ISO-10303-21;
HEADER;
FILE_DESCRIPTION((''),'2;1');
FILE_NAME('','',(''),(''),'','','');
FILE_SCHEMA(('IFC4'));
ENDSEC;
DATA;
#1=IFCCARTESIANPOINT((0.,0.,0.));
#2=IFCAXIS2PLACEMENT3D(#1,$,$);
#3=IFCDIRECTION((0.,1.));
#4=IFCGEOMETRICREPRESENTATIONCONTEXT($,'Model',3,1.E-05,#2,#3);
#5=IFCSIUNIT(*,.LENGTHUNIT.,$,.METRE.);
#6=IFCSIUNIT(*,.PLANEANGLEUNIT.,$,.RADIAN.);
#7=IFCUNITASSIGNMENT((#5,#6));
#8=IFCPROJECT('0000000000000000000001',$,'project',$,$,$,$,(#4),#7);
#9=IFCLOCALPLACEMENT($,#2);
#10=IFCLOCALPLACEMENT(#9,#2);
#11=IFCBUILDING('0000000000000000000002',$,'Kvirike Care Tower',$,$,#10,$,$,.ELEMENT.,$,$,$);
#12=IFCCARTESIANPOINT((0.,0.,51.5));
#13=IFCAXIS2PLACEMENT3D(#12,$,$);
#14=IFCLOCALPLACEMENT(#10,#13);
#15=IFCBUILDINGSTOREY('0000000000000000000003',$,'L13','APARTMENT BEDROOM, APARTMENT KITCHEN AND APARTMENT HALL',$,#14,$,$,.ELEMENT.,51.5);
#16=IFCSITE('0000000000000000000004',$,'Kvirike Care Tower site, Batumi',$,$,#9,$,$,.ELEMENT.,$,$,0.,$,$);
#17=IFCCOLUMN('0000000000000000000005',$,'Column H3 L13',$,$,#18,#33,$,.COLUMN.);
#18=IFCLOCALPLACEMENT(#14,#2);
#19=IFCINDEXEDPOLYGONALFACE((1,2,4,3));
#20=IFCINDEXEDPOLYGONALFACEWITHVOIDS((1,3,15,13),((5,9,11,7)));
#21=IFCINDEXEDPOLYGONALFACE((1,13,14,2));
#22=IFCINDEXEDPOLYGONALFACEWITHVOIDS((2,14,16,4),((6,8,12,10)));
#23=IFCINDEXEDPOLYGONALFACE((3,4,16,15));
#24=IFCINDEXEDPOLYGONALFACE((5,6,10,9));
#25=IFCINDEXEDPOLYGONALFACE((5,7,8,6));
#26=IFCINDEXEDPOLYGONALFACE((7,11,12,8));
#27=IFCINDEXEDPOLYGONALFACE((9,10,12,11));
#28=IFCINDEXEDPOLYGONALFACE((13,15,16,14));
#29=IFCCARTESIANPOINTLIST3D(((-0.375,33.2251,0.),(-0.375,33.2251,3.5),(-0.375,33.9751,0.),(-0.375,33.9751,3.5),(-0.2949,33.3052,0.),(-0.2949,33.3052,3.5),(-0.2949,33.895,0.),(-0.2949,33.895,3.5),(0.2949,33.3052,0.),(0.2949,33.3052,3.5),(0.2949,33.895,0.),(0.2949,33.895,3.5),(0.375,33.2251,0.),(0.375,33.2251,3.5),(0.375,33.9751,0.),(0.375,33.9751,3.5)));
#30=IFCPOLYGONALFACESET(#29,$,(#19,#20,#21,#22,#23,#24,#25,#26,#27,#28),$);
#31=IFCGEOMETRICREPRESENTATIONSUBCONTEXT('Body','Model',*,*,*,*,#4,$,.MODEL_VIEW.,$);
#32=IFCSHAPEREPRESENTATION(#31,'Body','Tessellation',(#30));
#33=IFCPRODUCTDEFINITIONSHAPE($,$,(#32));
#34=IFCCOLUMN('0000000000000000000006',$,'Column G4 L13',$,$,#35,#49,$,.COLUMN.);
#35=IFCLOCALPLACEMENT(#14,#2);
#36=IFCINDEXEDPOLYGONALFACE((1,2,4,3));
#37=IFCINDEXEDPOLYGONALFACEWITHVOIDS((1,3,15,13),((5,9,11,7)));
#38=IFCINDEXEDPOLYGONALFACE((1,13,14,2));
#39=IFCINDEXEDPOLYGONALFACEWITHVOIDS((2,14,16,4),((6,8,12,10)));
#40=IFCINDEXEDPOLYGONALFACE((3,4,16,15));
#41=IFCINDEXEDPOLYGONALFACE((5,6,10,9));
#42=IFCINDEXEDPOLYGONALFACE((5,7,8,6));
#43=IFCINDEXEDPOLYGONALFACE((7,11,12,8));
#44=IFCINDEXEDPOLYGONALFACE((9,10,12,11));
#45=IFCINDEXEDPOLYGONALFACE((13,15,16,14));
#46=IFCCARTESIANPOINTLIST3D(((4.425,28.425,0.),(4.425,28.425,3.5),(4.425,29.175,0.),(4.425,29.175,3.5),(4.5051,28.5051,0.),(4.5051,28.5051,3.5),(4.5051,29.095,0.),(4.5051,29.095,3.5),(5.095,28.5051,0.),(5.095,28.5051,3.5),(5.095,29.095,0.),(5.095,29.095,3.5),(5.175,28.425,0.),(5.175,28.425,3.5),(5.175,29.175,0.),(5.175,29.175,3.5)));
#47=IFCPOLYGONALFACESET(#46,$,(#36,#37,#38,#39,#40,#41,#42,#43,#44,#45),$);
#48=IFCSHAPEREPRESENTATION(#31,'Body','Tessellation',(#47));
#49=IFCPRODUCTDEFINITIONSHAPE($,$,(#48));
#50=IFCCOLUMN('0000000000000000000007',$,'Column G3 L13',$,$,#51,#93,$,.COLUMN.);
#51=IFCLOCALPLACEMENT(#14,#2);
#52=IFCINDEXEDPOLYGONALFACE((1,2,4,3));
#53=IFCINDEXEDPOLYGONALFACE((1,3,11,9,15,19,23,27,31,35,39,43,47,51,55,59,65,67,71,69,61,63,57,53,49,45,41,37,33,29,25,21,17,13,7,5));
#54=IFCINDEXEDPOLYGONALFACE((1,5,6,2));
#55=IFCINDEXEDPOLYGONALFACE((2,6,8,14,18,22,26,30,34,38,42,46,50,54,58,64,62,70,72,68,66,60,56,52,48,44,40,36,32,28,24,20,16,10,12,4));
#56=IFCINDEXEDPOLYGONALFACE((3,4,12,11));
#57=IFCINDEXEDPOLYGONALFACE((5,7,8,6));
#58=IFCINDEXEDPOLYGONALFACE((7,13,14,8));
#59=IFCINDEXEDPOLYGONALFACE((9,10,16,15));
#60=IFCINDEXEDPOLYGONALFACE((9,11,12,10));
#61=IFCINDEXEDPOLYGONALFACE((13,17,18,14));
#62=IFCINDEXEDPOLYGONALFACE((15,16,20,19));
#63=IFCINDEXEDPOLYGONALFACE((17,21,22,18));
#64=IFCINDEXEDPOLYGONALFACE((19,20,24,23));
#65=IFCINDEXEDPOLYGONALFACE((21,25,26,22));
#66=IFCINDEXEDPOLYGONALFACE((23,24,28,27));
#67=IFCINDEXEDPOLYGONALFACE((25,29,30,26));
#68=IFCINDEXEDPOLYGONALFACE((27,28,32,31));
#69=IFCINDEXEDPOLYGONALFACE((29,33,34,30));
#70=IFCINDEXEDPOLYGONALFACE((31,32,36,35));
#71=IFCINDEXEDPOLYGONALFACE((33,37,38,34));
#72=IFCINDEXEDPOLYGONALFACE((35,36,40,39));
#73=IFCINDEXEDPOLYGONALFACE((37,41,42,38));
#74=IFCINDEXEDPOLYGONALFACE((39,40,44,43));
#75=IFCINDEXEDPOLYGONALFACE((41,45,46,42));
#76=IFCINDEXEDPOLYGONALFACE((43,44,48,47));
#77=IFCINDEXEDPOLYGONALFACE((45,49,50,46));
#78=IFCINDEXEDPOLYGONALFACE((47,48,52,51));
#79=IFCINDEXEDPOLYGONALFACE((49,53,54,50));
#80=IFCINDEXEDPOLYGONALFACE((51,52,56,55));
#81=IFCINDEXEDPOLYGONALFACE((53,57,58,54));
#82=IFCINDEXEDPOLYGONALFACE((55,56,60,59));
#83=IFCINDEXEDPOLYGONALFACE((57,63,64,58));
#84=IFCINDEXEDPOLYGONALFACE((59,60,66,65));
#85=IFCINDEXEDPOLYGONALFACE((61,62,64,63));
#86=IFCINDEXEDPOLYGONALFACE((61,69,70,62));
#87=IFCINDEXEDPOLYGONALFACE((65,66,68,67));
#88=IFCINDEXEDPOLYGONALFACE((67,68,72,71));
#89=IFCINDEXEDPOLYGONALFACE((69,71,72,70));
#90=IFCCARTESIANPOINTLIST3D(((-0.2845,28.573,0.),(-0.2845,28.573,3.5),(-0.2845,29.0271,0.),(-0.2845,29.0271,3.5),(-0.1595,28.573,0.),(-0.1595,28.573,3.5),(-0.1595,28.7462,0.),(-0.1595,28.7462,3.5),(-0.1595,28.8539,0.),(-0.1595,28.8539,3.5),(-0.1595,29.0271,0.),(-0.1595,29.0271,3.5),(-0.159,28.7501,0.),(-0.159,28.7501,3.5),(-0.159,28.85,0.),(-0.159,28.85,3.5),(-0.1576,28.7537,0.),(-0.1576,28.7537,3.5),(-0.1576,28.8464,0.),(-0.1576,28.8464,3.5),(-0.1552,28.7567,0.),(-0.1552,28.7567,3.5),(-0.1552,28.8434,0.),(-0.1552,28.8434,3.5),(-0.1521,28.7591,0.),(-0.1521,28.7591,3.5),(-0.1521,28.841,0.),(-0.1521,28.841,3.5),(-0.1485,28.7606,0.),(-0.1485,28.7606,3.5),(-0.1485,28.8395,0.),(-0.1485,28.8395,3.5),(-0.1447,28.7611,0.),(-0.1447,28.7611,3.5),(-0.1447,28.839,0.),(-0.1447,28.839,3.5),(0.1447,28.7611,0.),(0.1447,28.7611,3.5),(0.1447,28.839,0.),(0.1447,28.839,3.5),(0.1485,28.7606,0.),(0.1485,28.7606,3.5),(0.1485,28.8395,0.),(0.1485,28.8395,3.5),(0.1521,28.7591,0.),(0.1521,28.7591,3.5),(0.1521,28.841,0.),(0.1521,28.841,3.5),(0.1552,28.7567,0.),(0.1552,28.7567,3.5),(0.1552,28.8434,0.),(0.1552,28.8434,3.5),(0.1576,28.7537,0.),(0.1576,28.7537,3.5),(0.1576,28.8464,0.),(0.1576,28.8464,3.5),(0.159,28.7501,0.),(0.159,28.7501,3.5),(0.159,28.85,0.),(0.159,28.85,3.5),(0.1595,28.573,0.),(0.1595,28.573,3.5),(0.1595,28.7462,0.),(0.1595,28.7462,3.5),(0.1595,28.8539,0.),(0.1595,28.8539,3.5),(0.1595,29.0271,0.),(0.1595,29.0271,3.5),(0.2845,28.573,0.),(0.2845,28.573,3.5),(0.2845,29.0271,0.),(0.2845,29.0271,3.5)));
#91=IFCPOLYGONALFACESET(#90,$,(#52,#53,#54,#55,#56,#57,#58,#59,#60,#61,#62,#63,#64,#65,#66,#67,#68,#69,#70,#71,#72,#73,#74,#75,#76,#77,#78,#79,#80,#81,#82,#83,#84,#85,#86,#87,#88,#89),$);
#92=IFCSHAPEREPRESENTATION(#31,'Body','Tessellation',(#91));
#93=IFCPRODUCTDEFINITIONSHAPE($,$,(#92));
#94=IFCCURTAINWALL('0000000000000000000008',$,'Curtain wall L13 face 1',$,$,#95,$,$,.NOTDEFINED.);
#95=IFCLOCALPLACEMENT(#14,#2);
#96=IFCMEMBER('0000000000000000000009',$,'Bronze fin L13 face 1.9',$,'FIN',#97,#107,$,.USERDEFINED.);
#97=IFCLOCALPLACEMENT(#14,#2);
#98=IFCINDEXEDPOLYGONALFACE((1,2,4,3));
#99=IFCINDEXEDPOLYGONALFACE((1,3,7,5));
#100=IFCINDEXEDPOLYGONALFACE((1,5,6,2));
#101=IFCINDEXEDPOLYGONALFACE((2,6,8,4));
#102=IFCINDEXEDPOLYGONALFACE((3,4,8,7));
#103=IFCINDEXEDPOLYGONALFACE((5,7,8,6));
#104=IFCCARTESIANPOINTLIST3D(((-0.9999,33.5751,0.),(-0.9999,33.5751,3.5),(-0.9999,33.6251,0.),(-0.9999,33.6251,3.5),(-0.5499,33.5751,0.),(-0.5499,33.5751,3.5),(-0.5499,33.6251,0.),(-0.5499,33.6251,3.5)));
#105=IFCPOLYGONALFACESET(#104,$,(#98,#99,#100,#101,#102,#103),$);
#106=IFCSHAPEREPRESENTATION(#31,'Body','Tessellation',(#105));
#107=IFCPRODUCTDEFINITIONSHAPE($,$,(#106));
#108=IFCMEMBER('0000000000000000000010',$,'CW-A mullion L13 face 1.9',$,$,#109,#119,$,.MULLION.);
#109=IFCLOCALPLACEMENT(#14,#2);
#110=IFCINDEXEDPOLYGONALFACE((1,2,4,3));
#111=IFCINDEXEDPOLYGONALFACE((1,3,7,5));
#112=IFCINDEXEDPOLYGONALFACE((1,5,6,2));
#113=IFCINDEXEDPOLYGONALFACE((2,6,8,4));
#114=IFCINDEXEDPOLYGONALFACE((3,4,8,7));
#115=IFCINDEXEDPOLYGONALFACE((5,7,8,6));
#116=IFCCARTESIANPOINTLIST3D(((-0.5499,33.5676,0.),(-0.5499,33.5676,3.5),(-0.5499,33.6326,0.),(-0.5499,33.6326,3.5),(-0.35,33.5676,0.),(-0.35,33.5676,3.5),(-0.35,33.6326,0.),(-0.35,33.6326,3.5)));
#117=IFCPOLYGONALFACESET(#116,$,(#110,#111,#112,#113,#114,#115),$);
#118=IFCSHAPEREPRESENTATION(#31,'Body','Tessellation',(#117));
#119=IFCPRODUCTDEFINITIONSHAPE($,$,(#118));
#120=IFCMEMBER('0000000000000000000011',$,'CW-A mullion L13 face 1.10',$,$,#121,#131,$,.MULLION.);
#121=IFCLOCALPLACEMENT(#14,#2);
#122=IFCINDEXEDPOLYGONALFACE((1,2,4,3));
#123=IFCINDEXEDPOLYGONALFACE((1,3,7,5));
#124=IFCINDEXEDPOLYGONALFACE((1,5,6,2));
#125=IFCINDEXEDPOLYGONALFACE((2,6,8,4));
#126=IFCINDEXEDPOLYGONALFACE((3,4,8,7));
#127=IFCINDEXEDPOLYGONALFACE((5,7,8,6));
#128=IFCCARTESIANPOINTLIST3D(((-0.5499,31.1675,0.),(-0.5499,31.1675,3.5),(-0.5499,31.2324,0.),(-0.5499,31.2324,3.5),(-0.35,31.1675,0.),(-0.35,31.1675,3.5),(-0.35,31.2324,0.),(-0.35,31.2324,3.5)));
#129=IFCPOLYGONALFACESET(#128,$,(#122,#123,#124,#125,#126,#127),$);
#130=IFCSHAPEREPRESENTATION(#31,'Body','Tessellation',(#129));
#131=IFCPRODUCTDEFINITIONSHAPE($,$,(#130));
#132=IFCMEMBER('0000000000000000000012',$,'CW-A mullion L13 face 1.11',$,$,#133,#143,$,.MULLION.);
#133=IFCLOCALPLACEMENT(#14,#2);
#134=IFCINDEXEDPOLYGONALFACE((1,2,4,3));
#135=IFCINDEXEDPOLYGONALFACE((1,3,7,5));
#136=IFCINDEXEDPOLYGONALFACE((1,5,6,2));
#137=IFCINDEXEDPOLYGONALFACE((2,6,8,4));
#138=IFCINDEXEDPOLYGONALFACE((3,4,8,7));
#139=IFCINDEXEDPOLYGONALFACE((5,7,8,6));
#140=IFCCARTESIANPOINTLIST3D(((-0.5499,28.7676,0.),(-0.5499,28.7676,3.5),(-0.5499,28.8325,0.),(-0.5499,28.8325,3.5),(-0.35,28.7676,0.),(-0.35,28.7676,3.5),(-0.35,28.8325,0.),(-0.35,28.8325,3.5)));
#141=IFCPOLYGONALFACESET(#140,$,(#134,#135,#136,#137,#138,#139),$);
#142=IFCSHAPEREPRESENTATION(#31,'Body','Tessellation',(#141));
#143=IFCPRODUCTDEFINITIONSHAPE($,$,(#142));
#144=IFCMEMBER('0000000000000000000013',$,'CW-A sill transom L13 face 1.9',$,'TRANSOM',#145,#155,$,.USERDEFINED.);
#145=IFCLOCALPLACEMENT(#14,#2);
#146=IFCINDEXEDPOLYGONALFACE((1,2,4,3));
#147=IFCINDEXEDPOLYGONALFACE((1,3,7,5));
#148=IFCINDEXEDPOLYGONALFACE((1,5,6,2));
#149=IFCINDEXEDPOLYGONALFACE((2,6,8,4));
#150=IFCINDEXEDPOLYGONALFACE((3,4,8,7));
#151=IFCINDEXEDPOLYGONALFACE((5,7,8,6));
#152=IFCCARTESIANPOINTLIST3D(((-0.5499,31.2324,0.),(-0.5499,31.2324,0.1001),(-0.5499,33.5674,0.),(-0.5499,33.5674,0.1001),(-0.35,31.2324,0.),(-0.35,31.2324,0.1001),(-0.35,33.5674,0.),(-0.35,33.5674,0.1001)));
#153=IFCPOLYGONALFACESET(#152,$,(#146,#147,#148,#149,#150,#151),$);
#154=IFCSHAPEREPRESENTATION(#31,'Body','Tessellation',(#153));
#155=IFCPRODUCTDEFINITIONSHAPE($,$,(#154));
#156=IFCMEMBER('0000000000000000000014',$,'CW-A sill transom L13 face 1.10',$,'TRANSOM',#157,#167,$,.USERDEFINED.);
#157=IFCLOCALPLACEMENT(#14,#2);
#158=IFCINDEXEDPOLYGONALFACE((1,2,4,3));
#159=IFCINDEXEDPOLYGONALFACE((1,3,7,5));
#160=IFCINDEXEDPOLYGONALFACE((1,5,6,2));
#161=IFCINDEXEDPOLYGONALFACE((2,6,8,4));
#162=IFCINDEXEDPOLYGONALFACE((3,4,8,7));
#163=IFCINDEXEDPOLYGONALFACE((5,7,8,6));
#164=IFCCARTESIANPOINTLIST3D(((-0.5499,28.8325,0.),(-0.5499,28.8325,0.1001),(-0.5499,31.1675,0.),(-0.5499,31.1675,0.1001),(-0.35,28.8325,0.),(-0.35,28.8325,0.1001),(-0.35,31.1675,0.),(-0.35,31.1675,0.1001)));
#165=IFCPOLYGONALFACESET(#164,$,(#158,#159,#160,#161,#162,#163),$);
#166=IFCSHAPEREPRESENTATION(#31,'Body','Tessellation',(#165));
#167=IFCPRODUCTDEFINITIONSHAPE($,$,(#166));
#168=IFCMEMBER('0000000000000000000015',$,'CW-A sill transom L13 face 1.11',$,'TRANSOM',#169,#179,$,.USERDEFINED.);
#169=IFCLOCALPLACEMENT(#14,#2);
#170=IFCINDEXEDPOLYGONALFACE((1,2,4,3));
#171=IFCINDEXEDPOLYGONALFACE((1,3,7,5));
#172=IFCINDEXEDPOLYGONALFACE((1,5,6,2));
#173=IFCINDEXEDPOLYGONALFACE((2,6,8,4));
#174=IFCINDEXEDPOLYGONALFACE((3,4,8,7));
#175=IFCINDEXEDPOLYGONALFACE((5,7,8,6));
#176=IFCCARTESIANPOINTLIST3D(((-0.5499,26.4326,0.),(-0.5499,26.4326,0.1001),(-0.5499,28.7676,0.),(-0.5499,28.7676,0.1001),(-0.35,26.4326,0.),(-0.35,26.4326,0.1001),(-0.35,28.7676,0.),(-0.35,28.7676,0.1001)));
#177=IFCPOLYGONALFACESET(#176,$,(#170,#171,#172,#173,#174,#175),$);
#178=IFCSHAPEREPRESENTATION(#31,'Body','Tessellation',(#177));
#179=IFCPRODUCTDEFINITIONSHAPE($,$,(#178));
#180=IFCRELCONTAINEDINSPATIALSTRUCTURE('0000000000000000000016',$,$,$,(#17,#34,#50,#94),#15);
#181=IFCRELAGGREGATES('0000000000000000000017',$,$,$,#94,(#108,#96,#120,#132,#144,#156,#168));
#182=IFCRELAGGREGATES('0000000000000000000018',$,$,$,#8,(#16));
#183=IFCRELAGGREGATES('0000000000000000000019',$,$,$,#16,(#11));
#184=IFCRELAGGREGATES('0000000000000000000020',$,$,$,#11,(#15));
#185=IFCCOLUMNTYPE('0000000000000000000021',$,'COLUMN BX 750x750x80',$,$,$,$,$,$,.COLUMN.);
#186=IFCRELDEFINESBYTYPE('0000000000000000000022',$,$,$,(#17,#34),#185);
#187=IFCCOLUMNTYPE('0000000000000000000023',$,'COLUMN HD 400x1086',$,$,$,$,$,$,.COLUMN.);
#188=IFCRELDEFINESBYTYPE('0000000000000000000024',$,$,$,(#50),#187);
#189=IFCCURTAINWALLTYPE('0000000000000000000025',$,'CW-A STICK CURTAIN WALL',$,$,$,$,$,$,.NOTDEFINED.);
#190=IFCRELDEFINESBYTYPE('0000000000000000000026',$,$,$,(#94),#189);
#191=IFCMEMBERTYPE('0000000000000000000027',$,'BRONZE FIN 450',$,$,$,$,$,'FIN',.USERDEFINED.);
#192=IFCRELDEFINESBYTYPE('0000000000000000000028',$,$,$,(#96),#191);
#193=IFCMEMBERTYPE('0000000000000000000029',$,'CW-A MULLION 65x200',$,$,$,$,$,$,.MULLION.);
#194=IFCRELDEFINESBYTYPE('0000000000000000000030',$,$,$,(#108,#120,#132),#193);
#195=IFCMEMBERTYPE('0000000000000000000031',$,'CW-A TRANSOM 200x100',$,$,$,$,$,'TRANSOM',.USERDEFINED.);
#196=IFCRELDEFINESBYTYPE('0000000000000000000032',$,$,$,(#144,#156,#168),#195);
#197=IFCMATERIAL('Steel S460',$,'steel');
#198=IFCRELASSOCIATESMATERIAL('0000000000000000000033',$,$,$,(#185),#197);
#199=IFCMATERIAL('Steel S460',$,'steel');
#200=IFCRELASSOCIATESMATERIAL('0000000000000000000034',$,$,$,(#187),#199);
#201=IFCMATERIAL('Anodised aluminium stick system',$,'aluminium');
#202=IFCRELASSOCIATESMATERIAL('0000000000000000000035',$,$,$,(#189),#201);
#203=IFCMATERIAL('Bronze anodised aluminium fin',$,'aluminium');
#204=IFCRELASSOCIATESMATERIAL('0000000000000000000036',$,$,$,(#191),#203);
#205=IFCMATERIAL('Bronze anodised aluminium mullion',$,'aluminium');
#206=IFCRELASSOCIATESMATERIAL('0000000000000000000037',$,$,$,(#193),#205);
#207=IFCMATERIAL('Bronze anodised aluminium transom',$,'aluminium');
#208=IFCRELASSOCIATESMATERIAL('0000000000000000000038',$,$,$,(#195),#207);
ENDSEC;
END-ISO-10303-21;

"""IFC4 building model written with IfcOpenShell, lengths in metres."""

from ifc_helpers import new_model, si_unit, direction, frame, origin, origin_2d, place, context, subcontext, project, spatial, rectangle, hollow_rectangle, i_section, extrude, material, material_profile, profile_set, type_object, element, aggregate, save


model = new_model("IFC4")

# Units and contexts
model_context = context("Model", 3, precision=1e-05, world=origin(), true_north=direction((0.0, 1.0)))
body_context = subcontext(model_context, "Body", "Model", "MODEL_VIEW")
ifc_project = project(units=[si_unit("LENGTHUNIT", "METRE"), si_unit("PLANEANGLEUNIT", "RADIAN")], contexts=[model_context])

# Site, building, storey
site_placement = place(None, origin())
site = spatial("IfcSite", under=ifc_project, at=site_placement, Name="Kvirike Care Tower site, Batumi", CompositionType="ELEMENT", RefElevation=0.0)
building_placement = place(site_placement, origin())
building = spatial("IfcBuilding", under=site, at=building_placement, Name="Kvirike Care Tower", CompositionType="ELEMENT")
storey_placement = place(building_placement, frame((0.0, 0.0, 51.5)))
storey = spatial("IfcBuildingStorey", under=building, at=storey_placement, Name="L13", Description="APARTMENT BEDROOM, APARTMENT KITCHEN AND APARTMENT HALL", CompositionType="ELEMENT", Elevation=51.5)

# Columns
ifc_material_1 = material(Name="Steel S460", Category="steel")
ifc_material_profile_1 = material_profile(ifc_material_1, hollow_rectangle(XDim=0.75, YDim=0.75, WallThickness=0.0801, at=origin_2d()), Name="BX 750x750x80")
ifc_profile_set_1 = profile_set([ifc_material_profile_1], Name="Steel S460")
column_type_1 = type_object("IfcColumnType", Name="COLUMN BX 750x750x80", PredefinedType="COLUMN", material=ifc_profile_set_1)
for number, where, z_axis, x_axis, name in (
    (1, (0.0, 33.6001, 0.0), (0.0, 0.0, 1.0), (1.0, 0.0, 0.0), "Column H3 L13"),
    (2, (4.8, 28.8, 0.0), (0.0, 0.0, 1.0), (0.0, 1.0, 0.0), "Column G4 L13"),
):
    element("IfcColumn", number, at=place(storey_placement, frame(where, z_axis=z_axis, x_axis=x_axis)), inside=storey, type_object=column_type_1, Name=name, PredefinedType="COLUMN", context=body_context, shape_type="SweptSolid", body=[
        extrude(hollow_rectangle(XDim=0.75, YDim=0.75, WallThickness=0.0801, at=origin_2d()), origin(), (0.0, 0.0, 1.0), 3.5),
    ])
ifc_material_2 = material(Name="Steel S460", Category="steel")
ifc_material_profile_2 = material_profile(ifc_material_2, i_section(OverallWidth=0.4541, OverallDepth=0.5691, WebThickness=0.0779, FlangeThickness=0.125, FilletRadius=0.0149, at=origin_2d()), Name="HD 400x1086")
ifc_profile_set_2 = profile_set([ifc_material_profile_2], Name="Steel S460")
column_type_2 = type_object("IfcColumnType", Name="COLUMN HD 400x1086", PredefinedType="COLUMN", material=ifc_profile_set_2)
column_placement = place(storey_placement, frame((0.0, 28.8, 0.0), z_axis=(0.0, 0.0, 1.0), x_axis=(0.0, 1.0, 0.0)))
element("IfcColumn", 3, at=column_placement, inside=storey, type_object=column_type_2, Name="Column G3 L13", PredefinedType="COLUMN", context=body_context, shape_type="SweptSolid", body=[
    extrude(i_section(OverallWidth=0.4541, OverallDepth=0.5691, WebThickness=0.0779, FlangeThickness=0.125, FilletRadius=0.0149, at=origin_2d()), origin(), (0.0, 0.0, 1.0), 3.5),
])

# Curtain wall, members
ifc_material_3 = material(Name="Anodised aluminium stick system", Category="aluminium")
curtain_wall_type = type_object("IfcCurtainWallType", Name="CW-A STICK CURTAIN WALL", PredefinedType="NOTDEFINED", material=ifc_material_3)
curtain_wall_placement = place(storey_placement, origin())
curtain_wall = element("IfcCurtainWall", 4, at=curtain_wall_placement, inside=storey, type_object=curtain_wall_type, Name="Curtain wall L13 face 1", PredefinedType="NOTDEFINED")
ifc_material_4 = material(Name="Bronze anodised aluminium fin", Category="aluminium")
ifc_material_profile_3 = material_profile(ifc_material_4, rectangle(XDim=0.05, YDim=0.45, at=origin_2d()), Name="BRONZE FIN 450")
ifc_profile_set_3 = profile_set([ifc_material_profile_3], Name="Bronze anodised aluminium fin")
member_type_1 = type_object("IfcMemberType", Name="BRONZE FIN 450", ElementType="FIN", PredefinedType="USERDEFINED", material=ifc_profile_set_3)
member_1_placement = place(storey_placement, frame((-0.7749, 33.6001, 0.0), z_axis=(0.0, 0.0, 1.0), x_axis=(0.0, -1.0, 0.0)))
member_1 = element("IfcMember", 5, at=member_1_placement, type_object=member_type_1, Name="Bronze fin L13 face 1.9", ObjectType="FIN", PredefinedType="USERDEFINED", context=body_context, shape_type="SweptSolid", body=[
    extrude(rectangle(XDim=0.05, YDim=0.45, at=origin_2d()), origin(), (0.0, 0.0, 1.0), 3.5),
])
ifc_material_5 = material(Name="Bronze anodised aluminium mullion", Category="aluminium")
ifc_material_profile_4 = material_profile(ifc_material_5, rectangle(XDim=0.0649, YDim=0.2, at=origin_2d()), Name="CW-A MULLION 65x200")
ifc_profile_set_4 = profile_set([ifc_material_profile_4], Name="Bronze anodised aluminium mullion")
member_type_2 = type_object("IfcMemberType", Name="CW-A MULLION 65x200", PredefinedType="MULLION", material=ifc_profile_set_4)
member_2_placement = place(storey_placement, frame((-0.45, 33.6001, 0.0), z_axis=(0.0, 0.0, 1.0), x_axis=(0.0, -1.0, 0.0)))
member_2 = element("IfcMember", 6, at=member_2_placement, type_object=member_type_2, Name="CW-A mullion L13 face 1.9", PredefinedType="MULLION", context=body_context, shape_type="SweptSolid", body=[
    extrude(rectangle(XDim=0.0649, YDim=0.2, at=origin_2d()), origin(), (0.0, 0.0, 1.0), 3.5),
])
member_3_placement = place(storey_placement, frame((-0.45, 31.2, 0.0), z_axis=(0.0, 0.0, 1.0), x_axis=(0.0, -1.0, 0.0)))
member_3 = element("IfcMember", 7, at=member_3_placement, type_object=member_type_2, Name="CW-A mullion L13 face 1.10", PredefinedType="MULLION", context=body_context, shape_type="SweptSolid", body=[
    extrude(rectangle(XDim=0.0649, YDim=0.2, at=origin_2d()), origin(), (0.0, 0.0, 1.0), 3.5),
])
member_4_placement = place(storey_placement, frame((-0.45, 28.8, 0.0), z_axis=(0.0, 0.0, 1.0), x_axis=(0.0, -1.0, 0.0)))
member_4 = element("IfcMember", 8, at=member_4_placement, type_object=member_type_2, Name="CW-A mullion L13 face 1.11", PredefinedType="MULLION", context=body_context, shape_type="SweptSolid", body=[
    extrude(rectangle(XDim=0.0649, YDim=0.2, at=origin_2d()), origin(), (0.0, 0.0, 1.0), 3.5),
])
ifc_material_6 = material(Name="Bronze anodised aluminium transom", Category="aluminium")
ifc_material_profile_5 = material_profile(ifc_material_6, rectangle(XDim=0.2, YDim=0.1001, at=origin_2d()), Name="CW-A TRANSOM 200x100")
ifc_profile_set_5 = profile_set([ifc_material_profile_5], Name="Bronze anodised aluminium transom")
member_type_3 = type_object("IfcMemberType", Name="CW-A TRANSOM 200x100", ElementType="TRANSOM", PredefinedType="USERDEFINED", material=ifc_profile_set_5)
member_5_placement = place(storey_placement, frame((-0.45, 33.5674, 0.05), z_axis=(0.0, -1.0, 0.0), x_axis=(1.0, 0.0, 0.0)))
member_5 = element("IfcMember", 9, at=member_5_placement, type_object=member_type_3, Name="CW-A sill transom L13 face 1.9", ObjectType="TRANSOM", PredefinedType="USERDEFINED", context=body_context, shape_type="SweptSolid", body=[
    extrude(rectangle(XDim=0.2, YDim=0.1001, at=origin_2d()), origin(), (0.0, 0.0, 1.0), 2.335),
])
member_6_placement = place(storey_placement, frame((-0.45, 31.1675, 0.05), z_axis=(0.0, -1.0, 0.0), x_axis=(1.0, 0.0, 0.0)))
member_6 = element("IfcMember", 10, at=member_6_placement, type_object=member_type_3, Name="CW-A sill transom L13 face 1.10", ObjectType="TRANSOM", PredefinedType="USERDEFINED", context=body_context, shape_type="SweptSolid", body=[
    extrude(rectangle(XDim=0.2, YDim=0.1001, at=origin_2d()), origin(), (0.0, 0.0, 1.0), 2.335),
])
member_7_placement = place(storey_placement, frame((-0.45, 28.7676, 0.05), z_axis=(0.0, -1.0, 0.0), x_axis=(1.0, 0.0, 0.0)))
member_7 = element("IfcMember", 11, at=member_7_placement, type_object=member_type_3, Name="CW-A sill transom L13 face 1.11", ObjectType="TRANSOM", PredefinedType="USERDEFINED", context=body_context, shape_type="SweptSolid", body=[
    extrude(rectangle(XDim=0.2, YDim=0.1001, at=origin_2d()), origin(), (0.0, 0.0, 1.0), 2.335),
])

aggregate(curtain_wall, [member_2, member_1, member_3, member_4, member_5, member_6, member_7])

save(model, "model.ifc")
